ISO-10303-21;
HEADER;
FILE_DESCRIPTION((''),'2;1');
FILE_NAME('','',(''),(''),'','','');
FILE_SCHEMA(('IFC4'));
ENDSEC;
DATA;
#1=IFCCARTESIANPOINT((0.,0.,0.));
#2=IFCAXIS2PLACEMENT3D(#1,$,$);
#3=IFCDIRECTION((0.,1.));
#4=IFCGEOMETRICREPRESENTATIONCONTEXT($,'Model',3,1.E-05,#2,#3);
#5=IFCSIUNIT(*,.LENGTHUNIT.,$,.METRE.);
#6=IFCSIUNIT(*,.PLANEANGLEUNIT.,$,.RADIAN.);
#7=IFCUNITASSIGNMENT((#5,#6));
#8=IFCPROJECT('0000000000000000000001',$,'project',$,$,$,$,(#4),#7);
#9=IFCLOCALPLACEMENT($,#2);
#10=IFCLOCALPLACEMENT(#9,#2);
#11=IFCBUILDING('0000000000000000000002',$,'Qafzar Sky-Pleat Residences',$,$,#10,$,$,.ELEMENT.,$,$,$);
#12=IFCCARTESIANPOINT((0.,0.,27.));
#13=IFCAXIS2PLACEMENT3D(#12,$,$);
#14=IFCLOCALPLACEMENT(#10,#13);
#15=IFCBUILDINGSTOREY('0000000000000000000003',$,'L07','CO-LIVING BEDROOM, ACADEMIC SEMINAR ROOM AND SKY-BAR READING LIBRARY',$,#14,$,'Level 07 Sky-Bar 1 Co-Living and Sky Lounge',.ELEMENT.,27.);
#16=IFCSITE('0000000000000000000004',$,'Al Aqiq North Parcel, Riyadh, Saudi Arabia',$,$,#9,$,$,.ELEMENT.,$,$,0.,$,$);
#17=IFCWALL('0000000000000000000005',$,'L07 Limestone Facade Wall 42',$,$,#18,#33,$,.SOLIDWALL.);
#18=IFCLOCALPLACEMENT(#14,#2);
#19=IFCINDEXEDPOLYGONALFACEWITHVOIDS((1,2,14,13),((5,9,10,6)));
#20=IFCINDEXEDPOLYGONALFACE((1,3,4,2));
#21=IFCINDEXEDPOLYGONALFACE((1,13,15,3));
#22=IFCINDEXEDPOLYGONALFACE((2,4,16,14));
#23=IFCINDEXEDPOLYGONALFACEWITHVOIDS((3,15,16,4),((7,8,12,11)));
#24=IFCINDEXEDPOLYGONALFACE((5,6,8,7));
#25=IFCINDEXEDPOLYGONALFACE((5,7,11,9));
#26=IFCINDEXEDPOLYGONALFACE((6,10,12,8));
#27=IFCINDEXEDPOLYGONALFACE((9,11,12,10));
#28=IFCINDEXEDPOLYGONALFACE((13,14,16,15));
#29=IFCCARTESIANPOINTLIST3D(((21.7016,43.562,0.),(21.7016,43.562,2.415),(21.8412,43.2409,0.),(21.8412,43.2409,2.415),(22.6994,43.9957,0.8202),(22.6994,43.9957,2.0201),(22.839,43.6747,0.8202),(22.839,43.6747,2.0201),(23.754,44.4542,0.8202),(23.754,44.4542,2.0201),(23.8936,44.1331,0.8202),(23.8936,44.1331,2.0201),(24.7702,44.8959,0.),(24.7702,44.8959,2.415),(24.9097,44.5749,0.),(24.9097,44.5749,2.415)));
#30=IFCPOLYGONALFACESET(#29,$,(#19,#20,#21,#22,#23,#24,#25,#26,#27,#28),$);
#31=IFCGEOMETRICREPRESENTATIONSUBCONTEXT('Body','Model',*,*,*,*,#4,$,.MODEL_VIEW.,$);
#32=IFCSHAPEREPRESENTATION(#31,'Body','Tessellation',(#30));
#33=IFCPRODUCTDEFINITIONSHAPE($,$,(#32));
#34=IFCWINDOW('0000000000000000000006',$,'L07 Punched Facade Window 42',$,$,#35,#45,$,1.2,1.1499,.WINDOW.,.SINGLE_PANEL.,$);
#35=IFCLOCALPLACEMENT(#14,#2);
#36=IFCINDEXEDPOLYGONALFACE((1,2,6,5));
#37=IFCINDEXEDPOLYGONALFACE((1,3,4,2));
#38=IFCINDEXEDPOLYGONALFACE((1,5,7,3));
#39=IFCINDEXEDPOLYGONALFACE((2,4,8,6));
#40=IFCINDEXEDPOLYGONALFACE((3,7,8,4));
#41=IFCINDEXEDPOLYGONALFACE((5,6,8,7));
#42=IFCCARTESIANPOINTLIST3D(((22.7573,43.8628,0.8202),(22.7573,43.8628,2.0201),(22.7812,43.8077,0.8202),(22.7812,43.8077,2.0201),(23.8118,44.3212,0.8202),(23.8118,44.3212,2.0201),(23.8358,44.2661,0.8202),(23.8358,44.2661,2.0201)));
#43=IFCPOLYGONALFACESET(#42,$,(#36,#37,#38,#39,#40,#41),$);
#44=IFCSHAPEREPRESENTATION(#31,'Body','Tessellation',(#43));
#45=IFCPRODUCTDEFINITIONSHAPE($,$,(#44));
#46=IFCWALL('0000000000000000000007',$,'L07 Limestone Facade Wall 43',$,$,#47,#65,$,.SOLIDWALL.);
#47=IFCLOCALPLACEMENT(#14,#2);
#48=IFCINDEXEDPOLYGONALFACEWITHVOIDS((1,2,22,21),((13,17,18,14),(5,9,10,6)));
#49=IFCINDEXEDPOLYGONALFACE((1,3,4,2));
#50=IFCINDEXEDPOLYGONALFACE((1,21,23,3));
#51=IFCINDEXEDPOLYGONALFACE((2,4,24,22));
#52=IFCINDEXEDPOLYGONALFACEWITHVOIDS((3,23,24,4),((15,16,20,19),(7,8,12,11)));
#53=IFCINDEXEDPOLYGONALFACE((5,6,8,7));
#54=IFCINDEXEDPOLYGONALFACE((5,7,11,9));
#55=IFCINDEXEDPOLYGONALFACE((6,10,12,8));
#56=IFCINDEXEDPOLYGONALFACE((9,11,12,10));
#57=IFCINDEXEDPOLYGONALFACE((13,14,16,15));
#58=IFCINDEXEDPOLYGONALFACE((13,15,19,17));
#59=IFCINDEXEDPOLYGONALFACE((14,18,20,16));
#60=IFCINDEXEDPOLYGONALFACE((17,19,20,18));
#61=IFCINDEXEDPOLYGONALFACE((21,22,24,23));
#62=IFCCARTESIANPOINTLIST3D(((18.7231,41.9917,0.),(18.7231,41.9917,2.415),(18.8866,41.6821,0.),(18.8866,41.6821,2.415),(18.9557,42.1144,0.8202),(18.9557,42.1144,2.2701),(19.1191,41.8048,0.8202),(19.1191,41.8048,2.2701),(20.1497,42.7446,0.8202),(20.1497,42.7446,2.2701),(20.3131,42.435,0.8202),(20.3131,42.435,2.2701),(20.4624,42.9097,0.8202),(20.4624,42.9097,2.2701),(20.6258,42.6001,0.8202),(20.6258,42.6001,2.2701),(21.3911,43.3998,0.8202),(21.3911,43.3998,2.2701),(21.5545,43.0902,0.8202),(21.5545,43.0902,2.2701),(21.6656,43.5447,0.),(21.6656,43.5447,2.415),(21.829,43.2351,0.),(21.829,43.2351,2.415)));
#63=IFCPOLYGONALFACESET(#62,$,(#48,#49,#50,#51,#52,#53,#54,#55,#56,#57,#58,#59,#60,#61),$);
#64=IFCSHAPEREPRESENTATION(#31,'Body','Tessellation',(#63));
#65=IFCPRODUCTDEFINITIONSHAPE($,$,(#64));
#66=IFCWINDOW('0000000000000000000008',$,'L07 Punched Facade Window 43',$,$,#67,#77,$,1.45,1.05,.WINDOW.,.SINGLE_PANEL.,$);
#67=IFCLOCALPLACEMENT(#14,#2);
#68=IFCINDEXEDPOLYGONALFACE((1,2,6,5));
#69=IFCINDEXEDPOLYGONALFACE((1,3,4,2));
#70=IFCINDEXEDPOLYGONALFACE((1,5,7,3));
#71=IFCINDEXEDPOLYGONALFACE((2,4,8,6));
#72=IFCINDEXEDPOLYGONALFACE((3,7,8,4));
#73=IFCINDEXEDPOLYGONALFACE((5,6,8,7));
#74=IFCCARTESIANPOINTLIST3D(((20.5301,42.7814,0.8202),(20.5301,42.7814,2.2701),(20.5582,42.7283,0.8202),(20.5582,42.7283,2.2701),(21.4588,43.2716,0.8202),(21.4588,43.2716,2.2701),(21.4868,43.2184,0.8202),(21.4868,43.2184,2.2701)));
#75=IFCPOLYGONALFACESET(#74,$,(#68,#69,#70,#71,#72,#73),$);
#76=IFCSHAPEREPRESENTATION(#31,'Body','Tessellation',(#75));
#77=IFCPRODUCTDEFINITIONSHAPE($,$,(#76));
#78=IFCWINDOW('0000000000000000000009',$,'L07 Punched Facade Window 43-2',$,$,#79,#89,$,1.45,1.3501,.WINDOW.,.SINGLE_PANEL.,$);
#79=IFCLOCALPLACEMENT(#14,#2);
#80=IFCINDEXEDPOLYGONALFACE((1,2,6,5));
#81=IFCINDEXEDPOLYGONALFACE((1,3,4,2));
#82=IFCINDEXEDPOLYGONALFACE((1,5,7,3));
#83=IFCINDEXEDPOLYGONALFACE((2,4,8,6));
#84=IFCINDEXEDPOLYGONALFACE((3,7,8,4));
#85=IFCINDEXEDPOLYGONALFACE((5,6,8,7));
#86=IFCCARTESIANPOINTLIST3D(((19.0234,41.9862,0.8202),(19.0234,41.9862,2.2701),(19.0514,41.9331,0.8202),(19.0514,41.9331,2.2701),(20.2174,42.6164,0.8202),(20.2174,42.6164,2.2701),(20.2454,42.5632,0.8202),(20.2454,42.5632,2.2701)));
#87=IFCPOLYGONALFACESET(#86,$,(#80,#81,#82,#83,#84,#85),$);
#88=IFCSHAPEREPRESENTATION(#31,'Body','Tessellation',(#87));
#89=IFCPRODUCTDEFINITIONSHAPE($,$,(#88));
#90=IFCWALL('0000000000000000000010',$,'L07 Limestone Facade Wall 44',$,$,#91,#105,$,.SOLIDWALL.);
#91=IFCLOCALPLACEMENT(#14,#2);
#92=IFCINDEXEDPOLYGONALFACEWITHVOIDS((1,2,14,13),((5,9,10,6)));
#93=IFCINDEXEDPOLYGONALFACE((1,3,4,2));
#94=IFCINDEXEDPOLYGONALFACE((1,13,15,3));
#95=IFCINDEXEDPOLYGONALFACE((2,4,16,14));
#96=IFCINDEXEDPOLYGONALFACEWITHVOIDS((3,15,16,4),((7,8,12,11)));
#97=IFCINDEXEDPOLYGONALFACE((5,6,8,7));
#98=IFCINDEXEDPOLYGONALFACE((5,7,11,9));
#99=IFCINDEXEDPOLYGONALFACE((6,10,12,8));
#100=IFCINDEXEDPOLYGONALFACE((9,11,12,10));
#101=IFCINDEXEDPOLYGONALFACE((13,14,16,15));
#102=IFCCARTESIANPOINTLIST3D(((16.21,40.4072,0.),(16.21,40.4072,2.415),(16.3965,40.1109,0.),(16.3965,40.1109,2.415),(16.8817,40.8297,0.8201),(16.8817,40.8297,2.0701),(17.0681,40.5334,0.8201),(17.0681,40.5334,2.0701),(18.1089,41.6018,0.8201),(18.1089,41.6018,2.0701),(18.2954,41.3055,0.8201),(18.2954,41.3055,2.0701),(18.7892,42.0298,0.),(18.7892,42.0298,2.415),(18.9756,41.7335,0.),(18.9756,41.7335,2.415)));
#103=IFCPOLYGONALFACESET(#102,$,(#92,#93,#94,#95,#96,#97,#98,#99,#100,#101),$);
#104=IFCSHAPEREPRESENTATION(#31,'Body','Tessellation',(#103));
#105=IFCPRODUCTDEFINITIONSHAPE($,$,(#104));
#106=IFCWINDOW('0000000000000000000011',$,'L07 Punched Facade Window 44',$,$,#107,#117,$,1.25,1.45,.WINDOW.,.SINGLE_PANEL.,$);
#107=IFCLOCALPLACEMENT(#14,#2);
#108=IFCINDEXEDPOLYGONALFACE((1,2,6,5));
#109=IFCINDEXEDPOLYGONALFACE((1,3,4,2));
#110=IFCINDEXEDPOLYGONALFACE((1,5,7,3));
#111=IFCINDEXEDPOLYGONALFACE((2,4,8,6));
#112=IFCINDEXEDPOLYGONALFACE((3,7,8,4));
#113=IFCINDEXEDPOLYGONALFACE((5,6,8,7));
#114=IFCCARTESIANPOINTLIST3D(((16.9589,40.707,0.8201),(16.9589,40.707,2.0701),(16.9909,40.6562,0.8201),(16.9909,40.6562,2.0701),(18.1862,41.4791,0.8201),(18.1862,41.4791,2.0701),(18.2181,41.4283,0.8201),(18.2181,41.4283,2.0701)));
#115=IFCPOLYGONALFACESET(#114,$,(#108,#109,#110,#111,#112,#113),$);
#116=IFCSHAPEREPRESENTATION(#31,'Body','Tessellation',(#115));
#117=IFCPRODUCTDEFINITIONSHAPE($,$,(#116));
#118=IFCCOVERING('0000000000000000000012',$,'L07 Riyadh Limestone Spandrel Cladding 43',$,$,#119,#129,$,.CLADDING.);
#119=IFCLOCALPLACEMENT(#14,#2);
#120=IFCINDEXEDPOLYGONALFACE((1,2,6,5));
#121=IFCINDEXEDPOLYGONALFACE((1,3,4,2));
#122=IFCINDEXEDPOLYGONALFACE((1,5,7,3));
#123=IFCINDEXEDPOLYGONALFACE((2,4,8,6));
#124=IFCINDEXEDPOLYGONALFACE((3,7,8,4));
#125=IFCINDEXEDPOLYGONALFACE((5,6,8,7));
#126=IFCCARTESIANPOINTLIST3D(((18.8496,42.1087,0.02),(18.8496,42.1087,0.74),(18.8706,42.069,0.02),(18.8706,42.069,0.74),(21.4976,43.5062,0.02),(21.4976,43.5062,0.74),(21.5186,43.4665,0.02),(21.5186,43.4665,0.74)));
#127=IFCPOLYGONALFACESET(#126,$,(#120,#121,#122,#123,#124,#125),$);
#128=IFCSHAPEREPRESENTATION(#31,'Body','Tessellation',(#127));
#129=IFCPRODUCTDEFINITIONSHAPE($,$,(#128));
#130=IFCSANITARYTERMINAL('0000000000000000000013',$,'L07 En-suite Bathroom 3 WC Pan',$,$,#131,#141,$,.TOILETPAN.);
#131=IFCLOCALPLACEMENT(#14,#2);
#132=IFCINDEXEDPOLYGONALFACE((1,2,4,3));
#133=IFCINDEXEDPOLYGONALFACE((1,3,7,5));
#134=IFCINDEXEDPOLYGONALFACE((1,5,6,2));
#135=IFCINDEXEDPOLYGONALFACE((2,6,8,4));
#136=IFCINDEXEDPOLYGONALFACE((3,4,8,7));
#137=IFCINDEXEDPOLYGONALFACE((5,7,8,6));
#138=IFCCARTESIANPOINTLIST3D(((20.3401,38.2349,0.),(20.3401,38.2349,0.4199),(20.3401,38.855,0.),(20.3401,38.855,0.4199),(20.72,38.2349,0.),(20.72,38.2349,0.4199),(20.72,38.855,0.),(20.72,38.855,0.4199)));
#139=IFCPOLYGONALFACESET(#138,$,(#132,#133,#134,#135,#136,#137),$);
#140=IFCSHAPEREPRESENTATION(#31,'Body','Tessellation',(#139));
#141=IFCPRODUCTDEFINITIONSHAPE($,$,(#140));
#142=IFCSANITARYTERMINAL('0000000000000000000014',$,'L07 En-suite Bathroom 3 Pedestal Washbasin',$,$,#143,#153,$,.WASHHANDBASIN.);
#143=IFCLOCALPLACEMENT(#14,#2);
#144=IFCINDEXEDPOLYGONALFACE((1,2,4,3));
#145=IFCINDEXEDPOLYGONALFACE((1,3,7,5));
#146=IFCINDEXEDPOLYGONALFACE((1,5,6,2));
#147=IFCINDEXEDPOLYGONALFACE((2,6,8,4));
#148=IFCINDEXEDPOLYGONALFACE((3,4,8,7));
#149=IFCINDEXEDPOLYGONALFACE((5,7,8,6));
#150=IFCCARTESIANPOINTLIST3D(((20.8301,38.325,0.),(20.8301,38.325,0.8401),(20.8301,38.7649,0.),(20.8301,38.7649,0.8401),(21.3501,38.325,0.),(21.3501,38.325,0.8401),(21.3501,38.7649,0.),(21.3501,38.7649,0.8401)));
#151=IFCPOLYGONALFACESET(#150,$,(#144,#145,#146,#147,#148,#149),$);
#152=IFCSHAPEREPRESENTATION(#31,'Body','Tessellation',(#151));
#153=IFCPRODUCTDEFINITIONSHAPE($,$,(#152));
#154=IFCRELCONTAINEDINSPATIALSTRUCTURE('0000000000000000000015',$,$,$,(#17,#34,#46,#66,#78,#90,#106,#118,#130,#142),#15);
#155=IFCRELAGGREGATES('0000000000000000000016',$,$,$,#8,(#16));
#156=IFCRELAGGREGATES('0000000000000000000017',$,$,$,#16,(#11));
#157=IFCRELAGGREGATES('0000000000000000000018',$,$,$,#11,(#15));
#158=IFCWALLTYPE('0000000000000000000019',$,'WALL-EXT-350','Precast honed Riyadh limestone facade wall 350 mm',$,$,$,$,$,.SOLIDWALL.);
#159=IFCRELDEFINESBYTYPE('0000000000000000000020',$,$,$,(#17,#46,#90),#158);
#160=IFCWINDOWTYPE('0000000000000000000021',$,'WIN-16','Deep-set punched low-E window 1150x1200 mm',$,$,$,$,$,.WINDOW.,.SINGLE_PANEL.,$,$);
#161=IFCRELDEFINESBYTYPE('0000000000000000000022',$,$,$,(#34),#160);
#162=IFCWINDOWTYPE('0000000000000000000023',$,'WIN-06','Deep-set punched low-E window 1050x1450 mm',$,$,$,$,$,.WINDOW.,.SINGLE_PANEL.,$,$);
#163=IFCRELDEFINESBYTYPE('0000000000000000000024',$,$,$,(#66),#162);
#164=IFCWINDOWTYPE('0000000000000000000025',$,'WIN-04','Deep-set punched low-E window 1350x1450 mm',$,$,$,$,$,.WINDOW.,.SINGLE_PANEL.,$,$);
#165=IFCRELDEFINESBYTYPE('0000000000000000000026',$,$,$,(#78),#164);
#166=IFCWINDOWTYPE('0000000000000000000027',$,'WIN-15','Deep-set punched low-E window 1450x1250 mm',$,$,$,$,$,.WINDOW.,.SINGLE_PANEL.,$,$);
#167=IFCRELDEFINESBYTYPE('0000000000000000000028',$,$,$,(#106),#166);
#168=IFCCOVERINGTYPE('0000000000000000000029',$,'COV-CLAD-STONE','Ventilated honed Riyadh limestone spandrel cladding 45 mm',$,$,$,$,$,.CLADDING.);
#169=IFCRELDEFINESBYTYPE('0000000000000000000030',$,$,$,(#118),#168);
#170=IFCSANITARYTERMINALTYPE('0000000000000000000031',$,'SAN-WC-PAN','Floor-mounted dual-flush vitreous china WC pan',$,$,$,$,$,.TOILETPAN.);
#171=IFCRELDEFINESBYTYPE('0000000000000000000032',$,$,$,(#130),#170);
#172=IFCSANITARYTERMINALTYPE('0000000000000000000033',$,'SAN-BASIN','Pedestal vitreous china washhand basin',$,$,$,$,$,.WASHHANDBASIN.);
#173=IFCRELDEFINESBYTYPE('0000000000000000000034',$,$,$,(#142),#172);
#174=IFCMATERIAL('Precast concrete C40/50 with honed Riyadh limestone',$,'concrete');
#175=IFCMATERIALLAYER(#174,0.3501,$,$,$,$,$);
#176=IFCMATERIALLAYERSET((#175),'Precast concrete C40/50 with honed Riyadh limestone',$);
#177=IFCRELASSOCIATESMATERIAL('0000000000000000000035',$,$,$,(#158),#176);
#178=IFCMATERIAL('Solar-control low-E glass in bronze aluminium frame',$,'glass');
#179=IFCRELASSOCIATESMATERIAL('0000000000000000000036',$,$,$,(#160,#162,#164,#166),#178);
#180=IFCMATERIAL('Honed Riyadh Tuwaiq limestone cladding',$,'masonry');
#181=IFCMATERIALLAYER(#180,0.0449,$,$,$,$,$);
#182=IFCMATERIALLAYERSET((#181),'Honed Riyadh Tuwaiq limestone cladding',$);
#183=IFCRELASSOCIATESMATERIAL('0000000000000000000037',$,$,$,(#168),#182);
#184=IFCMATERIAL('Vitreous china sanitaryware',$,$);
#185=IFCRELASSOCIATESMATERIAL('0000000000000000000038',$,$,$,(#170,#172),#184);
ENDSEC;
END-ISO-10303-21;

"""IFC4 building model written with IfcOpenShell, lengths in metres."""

from ifc_helpers import new_model, si_unit, direction, frame, frame_2d, origin, origin_2d, place, context, subcontext, project, spatial, rectangle, extrude, source, transform, mapped, material, layer, layer_set, type_object, element, fill, save


model = new_model("IFC4")

# Units and contexts
model_context = context("Model", 3, precision=1e-05, world=origin(), true_north=direction((0.0, 1.0)))
body_context = subcontext(model_context, "Body", "Model", "MODEL_VIEW")
ifc_project = project(units=[si_unit("LENGTHUNIT", "METRE"), si_unit("PLANEANGLEUNIT", "RADIAN")], contexts=[model_context])

# Site, building, storey
site_placement = place(None, origin())
site = spatial("IfcSite", under=ifc_project, at=site_placement, Name="Al Aqiq North Parcel, Riyadh, Saudi Arabia", CompositionType="ELEMENT", RefElevation=0.0)
building_placement = place(site_placement, origin())
building = spatial("IfcBuilding", under=site, at=building_placement, Name="Qafzar Sky-Pleat Residences", CompositionType="ELEMENT")
storey_placement = place(building_placement, frame((0.0, 0.0, 27.0)))
storey = spatial("IfcBuildingStorey", under=building, at=storey_placement, Name="L07", Description="CO-LIVING BEDROOM, ACADEMIC SEMINAR ROOM AND SKY-BAR READING LIBRARY", LongName="Level 07 Sky-Bar 1 Co-Living and Sky Lounge", CompositionType="ELEMENT", Elevation=27.0)

# Wall, opening, window
ifc_material_1 = material(Name="Precast concrete C40/50 with honed Riyadh limestone", Category="concrete")
ifc_layer_1 = layer(ifc_material_1, 0.3501)
ifc_layer_set_1 = layer_set([ifc_layer_1], Name="Precast concrete C40/50 with honed Riyadh limestone")
wall_type_1 = type_object("IfcWallType", Name="WALL-EXT-350", Description="Precast honed Riyadh limestone facade wall 350 mm", PredefinedType="SOLIDWALL", material=ifc_layer_set_1)
wall_1_placement = place(storey_placement, frame((24.8398, 44.7354, 0.0), z_axis=(0.0, 0.0, 1.0), x_axis=(-0.917091, -0.398678, 0.0)))
wall_1 = element("IfcWall", 1, at=wall_1_placement, inside=storey, type_object=wall_type_1, Name="L07 Limestone Facade Wall 42", PredefinedType="SOLIDWALL", context=body_context, shape_type="SweptSolid", body=[
    extrude(rectangle(XDim=3.3459, YDim=0.3501, at=frame_2d((1.6729, 0.0))), origin(), (0.0, 0.0, 1.0), 2.415),
])
opening_1_placement = place(wall_1_placement, frame((1.1079, 0.0, 0.8201)))
opening_1 = element("IfcOpeningElement", 2, at=opening_1_placement, cuts=wall_1, PredefinedType="OPENING", context=body_context, shape_type="SweptSolid", body=[
    extrude(rectangle(XDim=1.1499, YDim=1.2, at=frame_2d((0.575, 0.6001))), frame((0.0, 0.1851, 0.0), z_axis=(0.0, -1.0, 0.0), x_axis=(1.0, 0.0, 0.0)), (0.0, 0.0, 1.0), 0.3701),
])
ifc_material_2 = material(Name="Solar-control low-E glass in bronze aluminium frame", Category="glass")
window_type_1 = type_object("IfcWindowType", Name="WIN-16", Description="Deep-set punched low-E window 1150x1200 mm", PartitioningType="SINGLE_PANEL", PredefinedType="WINDOW", material=ifc_material_2)
shared_shape_1 = source(origin(), body_context, "Body", "SweptSolid", [
    extrude(rectangle(XDim=1.1499, YDim=1.2, at=frame_2d((0.575, 0.6001))), frame((0.0, 0.03, 0.0), z_axis=(0.0, -1.0, 0.0), x_axis=(1.0, 0.0, 0.0)), (0.0, 0.0, 1.0), 0.0601),
])
window_1_placement = place(opening_1_placement, origin())
window_1 = element("IfcWindow", 3, at=window_1_placement, inside=storey, type_object=window_type_1, Name="L07 Punched Facade Window 42", OverallHeight=1.2, OverallWidth=1.1499, PartitioningType="SINGLE_PANEL", PredefinedType="WINDOW", context=body_context, shape_type="MappedRepresentation", body=[
    mapped(shared_shape_1, transform((0.0, 0.0, 0.0), x_axis=(1.0, 0.0, 0.0), y_axis=(0.0, 1.0, 0.0), z_axis=(0.0, 0.0, 1.0), scale=1.0)),
])
fill(opening_1, window_1)

# Wall, openings, windows
wall_2_placement = place(storey_placement, frame((21.7473, 43.3899, 0.0), z_axis=(0.0, 0.0, 1.0), x_axis=(-0.884378, -0.466771, 0.0)))
wall_2 = element("IfcWall", 4, at=wall_2_placement, inside=storey, type_object=wall_type_1, Name="L07 Limestone Facade Wall 43", PredefinedType="SOLIDWALL", context=body_context, shape_type="SweptSolid", body=[
    extrude(rectangle(XDim=3.3271, YDim=0.3501, at=frame_2d((1.6636, 0.0))), origin(), (0.0, 0.0, 1.0), 2.415),
])
opening_2_placement = place(wall_2_placement, frame((0.3105, 0.0, 0.8201)))
opening_2 = element("IfcOpeningElement", 5, at=opening_2_placement, cuts=wall_2, PredefinedType="OPENING", context=body_context, shape_type="SweptSolid", body=[
    extrude(rectangle(XDim=1.05, YDim=1.45, at=frame_2d((0.5249, 0.7251))), frame((0.0, 0.1851, 0.0), z_axis=(0.0, -1.0, 0.0), x_axis=(1.0, 0.0, 0.0)), (0.0, 0.0, 1.0), 0.3701),
])
opening_3_placement = place(wall_2_placement, frame((1.7141, 0.0, 0.8201)))
opening_3 = element("IfcOpeningElement", 6, at=opening_3_placement, cuts=wall_2, PredefinedType="OPENING", context=body_context, shape_type="SweptSolid", body=[
    extrude(rectangle(XDim=1.3501, YDim=1.45, at=frame_2d((0.675, 0.7251))), frame((0.0, 0.1851, 0.0), z_axis=(0.0, -1.0, 0.0), x_axis=(1.0, 0.0, 0.0)), (0.0, 0.0, 1.0), 0.3701),
])
window_type_2 = type_object("IfcWindowType", Name="WIN-06", Description="Deep-set punched low-E window 1050x1450 mm", PartitioningType="SINGLE_PANEL", PredefinedType="WINDOW", material=ifc_material_2)
shared_shape_2 = source(origin(), body_context, "Body", "SweptSolid", [
    extrude(rectangle(XDim=1.05, YDim=1.45, at=frame_2d((0.5249, 0.7251))), frame((0.0, 0.03, 0.0), z_axis=(0.0, -1.0, 0.0), x_axis=(1.0, 0.0, 0.0)), (0.0, 0.0, 1.0), 0.0601),
])
window_2_placement = place(opening_2_placement, origin())
window_2 = element("IfcWindow", 7, at=window_2_placement, inside=storey, type_object=window_type_2, Name="L07 Punched Facade Window 43", OverallHeight=1.45, OverallWidth=1.05, PartitioningType="SINGLE_PANEL", PredefinedType="WINDOW", context=body_context, shape_type="MappedRepresentation", body=[
    mapped(shared_shape_2, transform((0.0, 0.0, 0.0), x_axis=(1.0, 0.0, 0.0), y_axis=(0.0, 1.0, 0.0), z_axis=(0.0, 0.0, 1.0), scale=1.0)),
])
fill(opening_2, window_2)
window_type_3 = type_object("IfcWindowType", Name="WIN-04", Description="Deep-set punched low-E window 1350x1450 mm", PartitioningType="SINGLE_PANEL", PredefinedType="WINDOW", material=ifc_material_2)
shared_shape_3 = source(origin(), body_context, "Body", "SweptSolid", [
    extrude(rectangle(XDim=1.3501, YDim=1.45, at=frame_2d((0.675, 0.7251))), frame((0.0, 0.03, 0.0), z_axis=(0.0, -1.0, 0.0), x_axis=(1.0, 0.0, 0.0)), (0.0, 0.0, 1.0), 0.0601),
])
window_3_placement = place(opening_3_placement, origin())
window_3 = element("IfcWindow", 8, at=window_3_placement, inside=storey, type_object=window_type_3, Name="L07 Punched Facade Window 43-2", OverallHeight=1.45, OverallWidth=1.3501, PartitioningType="SINGLE_PANEL", PredefinedType="WINDOW", context=body_context, shape_type="MappedRepresentation", body=[
    mapped(shared_shape_3, transform((0.0, 0.0, 0.0), x_axis=(1.0, 0.0, 0.0), y_axis=(0.0, 1.0, 0.0), z_axis=(0.0, 0.0, 1.0), scale=1.0)),
])
fill(opening_3, window_3)

# Wall, opening, window
wall_3_placement = place(storey_placement, frame((18.8823, 41.8816, 0.0), z_axis=(0.0, 0.0, 1.0), x_axis=(-0.846428, -0.532503, 0.0)))
wall_3 = element("IfcWall", 9, at=wall_3_placement, inside=storey, type_object=wall_type_1, Name="L07 Limestone Facade Wall 44", PredefinedType="SOLIDWALL", context=body_context, shape_type="SweptSolid", body=[
    extrude(rectangle(XDim=3.0471, YDim=0.3501, at=frame_2d((1.5234, 0.0))), origin(), (0.0, 0.0, 1.0), 2.415),
])
opening_4_placement = place(wall_3_placement, frame((0.8035, 0.0, 0.8201)))
opening_4 = element("IfcOpeningElement", 10, at=opening_4_placement, cuts=wall_3, PredefinedType="OPENING", context=body_context, shape_type="SweptSolid", body=[
    extrude(rectangle(XDim=1.45, YDim=1.25, at=frame_2d((0.7251, 0.625))), frame((0.0, 0.1851, 0.0), z_axis=(0.0, -1.0, 0.0), x_axis=(1.0, 0.0, 0.0)), (0.0, 0.0, 1.0), 0.3701),
])
window_type_4 = type_object("IfcWindowType", Name="WIN-15", Description="Deep-set punched low-E window 1450x1250 mm", PartitioningType="SINGLE_PANEL", PredefinedType="WINDOW", material=ifc_material_2)
shared_shape_4 = source(origin(), body_context, "Body", "SweptSolid", [
    extrude(rectangle(XDim=1.45, YDim=1.25, at=frame_2d((0.7251, 0.625))), frame((0.0, 0.03, 0.0), z_axis=(0.0, -1.0, 0.0), x_axis=(1.0, 0.0, 0.0)), (0.0, 0.0, 1.0), 0.0601),
])
window_4_placement = place(opening_4_placement, origin())
window_4 = element("IfcWindow", 11, at=window_4_placement, inside=storey, type_object=window_type_4, Name="L07 Punched Facade Window 44", OverallHeight=1.25, OverallWidth=1.45, PartitioningType="SINGLE_PANEL", PredefinedType="WINDOW", context=body_context, shape_type="MappedRepresentation", body=[
    mapped(shared_shape_4, transform((0.0, 0.0, 0.0), x_axis=(1.0, 0.0, 0.0), y_axis=(0.0, 1.0, 0.0), z_axis=(0.0, 0.0, 1.0), scale=1.0)),
])
fill(opening_4, window_4)

# Covering
ifc_material_3 = material(Name="Honed Riyadh Tuwaiq limestone cladding", Category="masonry")
ifc_layer_2 = layer(ifc_material_3, 0.0449)
ifc_layer_set_2 = layer_set([ifc_layer_2], Name="Honed Riyadh Tuwaiq limestone cladding")
covering_type = type_object("IfcCoveringType", Name="COV-CLAD-STONE", Description="Ventilated honed Riyadh limestone spandrel cladding 45 mm", PredefinedType="CLADDING", material=ifc_layer_set_2)
shared_shape_5 = source(origin(), body_context, "Body", "SweptSolid", [
    extrude(rectangle(XDim=2.9941, YDim=0.0449, at=origin_2d()), origin(), (0.0, 0.0, 1.0), 0.72),
])
covering_placement = place(storey_placement, frame((20.1841, 42.7876, 0.02), z_axis=(0.0, 0.0, 1.0), x_axis=(-0.884388, -0.466752, 0.0)))
element("IfcCovering", 12, at=covering_placement, inside=storey, type_object=covering_type, Name="L07 Riyadh Limestone Spandrel Cladding 43", PredefinedType="CLADDING", context=body_context, shape_type="MappedRepresentation", body=[
    mapped(shared_shape_5, transform((0.0, 0.0, 0.0), x_axis=(1.0, 0.0, 0.0), y_axis=(0.0, 1.0, 0.0), z_axis=(0.0, 0.0, 1.0), scale=1.0)),
])

# Sanitary terminals
ifc_material_4 = material(Name="Vitreous china sanitaryware")
sanitary_terminal_type_1 = type_object("IfcSanitaryTerminalType", Name="SAN-WC-PAN", Description="Floor-mounted dual-flush vitreous china WC pan", PredefinedType="TOILETPAN", material=ifc_material_4)
shared_shape_6 = source(origin(), body_context, "Body", "SweptSolid", [
    extrude(rectangle(XDim=0.3799, YDim=0.6201, at=origin_2d()), origin(), (0.0, 0.0, 1.0), 0.4199),
])
sanitary_terminal_1_placement = place(storey_placement, frame((20.53, 38.5449, 0.0), z_axis=(0.0, 0.0, 1.0), x_axis=(1.0, 0.0, 0.0)))
element("IfcSanitaryTerminal", 13, at=sanitary_terminal_1_placement, inside=storey, type_object=sanitary_terminal_type_1, Name="L07 En-suite Bathroom 3 WC Pan", PredefinedType="TOILETPAN", context=body_context, shape_type="MappedRepresentation", body=[
    mapped(shared_shape_6, transform((0.0, 0.0, 0.0), x_axis=(1.0, 0.0, 0.0), y_axis=(0.0, 1.0, 0.0), z_axis=(0.0, 0.0, 1.0), scale=1.0)),
])
sanitary_terminal_type_2 = type_object("IfcSanitaryTerminalType", Name="SAN-BASIN", Description="Pedestal vitreous china washhand basin", PredefinedType="WASHHANDBASIN", material=ifc_material_4)
shared_shape_7 = source(origin(), body_context, "Body", "SweptSolid", [
    extrude(rectangle(XDim=0.52, YDim=0.4399, at=origin_2d()), origin(), (0.0, 0.0, 1.0), 0.8401),
])
sanitary_terminal_2_placement = place(storey_placement, frame((21.0901, 38.5449, 0.0), z_axis=(0.0, 0.0, 1.0), x_axis=(1.0, 0.0, 0.0)))
element("IfcSanitaryTerminal", 14, at=sanitary_terminal_2_placement, inside=storey, type_object=sanitary_terminal_type_2, Name="L07 En-suite Bathroom 3 Pedestal Washbasin", PredefinedType="WASHHANDBASIN", context=body_context, shape_type="MappedRepresentation", body=[
    mapped(shared_shape_7, transform((0.0, 0.0, 0.0), x_axis=(1.0, 0.0, 0.0), y_axis=(0.0, 1.0, 0.0), z_axis=(0.0, 0.0, 1.0), scale=1.0)),
])

save(model, "model.ifc")
